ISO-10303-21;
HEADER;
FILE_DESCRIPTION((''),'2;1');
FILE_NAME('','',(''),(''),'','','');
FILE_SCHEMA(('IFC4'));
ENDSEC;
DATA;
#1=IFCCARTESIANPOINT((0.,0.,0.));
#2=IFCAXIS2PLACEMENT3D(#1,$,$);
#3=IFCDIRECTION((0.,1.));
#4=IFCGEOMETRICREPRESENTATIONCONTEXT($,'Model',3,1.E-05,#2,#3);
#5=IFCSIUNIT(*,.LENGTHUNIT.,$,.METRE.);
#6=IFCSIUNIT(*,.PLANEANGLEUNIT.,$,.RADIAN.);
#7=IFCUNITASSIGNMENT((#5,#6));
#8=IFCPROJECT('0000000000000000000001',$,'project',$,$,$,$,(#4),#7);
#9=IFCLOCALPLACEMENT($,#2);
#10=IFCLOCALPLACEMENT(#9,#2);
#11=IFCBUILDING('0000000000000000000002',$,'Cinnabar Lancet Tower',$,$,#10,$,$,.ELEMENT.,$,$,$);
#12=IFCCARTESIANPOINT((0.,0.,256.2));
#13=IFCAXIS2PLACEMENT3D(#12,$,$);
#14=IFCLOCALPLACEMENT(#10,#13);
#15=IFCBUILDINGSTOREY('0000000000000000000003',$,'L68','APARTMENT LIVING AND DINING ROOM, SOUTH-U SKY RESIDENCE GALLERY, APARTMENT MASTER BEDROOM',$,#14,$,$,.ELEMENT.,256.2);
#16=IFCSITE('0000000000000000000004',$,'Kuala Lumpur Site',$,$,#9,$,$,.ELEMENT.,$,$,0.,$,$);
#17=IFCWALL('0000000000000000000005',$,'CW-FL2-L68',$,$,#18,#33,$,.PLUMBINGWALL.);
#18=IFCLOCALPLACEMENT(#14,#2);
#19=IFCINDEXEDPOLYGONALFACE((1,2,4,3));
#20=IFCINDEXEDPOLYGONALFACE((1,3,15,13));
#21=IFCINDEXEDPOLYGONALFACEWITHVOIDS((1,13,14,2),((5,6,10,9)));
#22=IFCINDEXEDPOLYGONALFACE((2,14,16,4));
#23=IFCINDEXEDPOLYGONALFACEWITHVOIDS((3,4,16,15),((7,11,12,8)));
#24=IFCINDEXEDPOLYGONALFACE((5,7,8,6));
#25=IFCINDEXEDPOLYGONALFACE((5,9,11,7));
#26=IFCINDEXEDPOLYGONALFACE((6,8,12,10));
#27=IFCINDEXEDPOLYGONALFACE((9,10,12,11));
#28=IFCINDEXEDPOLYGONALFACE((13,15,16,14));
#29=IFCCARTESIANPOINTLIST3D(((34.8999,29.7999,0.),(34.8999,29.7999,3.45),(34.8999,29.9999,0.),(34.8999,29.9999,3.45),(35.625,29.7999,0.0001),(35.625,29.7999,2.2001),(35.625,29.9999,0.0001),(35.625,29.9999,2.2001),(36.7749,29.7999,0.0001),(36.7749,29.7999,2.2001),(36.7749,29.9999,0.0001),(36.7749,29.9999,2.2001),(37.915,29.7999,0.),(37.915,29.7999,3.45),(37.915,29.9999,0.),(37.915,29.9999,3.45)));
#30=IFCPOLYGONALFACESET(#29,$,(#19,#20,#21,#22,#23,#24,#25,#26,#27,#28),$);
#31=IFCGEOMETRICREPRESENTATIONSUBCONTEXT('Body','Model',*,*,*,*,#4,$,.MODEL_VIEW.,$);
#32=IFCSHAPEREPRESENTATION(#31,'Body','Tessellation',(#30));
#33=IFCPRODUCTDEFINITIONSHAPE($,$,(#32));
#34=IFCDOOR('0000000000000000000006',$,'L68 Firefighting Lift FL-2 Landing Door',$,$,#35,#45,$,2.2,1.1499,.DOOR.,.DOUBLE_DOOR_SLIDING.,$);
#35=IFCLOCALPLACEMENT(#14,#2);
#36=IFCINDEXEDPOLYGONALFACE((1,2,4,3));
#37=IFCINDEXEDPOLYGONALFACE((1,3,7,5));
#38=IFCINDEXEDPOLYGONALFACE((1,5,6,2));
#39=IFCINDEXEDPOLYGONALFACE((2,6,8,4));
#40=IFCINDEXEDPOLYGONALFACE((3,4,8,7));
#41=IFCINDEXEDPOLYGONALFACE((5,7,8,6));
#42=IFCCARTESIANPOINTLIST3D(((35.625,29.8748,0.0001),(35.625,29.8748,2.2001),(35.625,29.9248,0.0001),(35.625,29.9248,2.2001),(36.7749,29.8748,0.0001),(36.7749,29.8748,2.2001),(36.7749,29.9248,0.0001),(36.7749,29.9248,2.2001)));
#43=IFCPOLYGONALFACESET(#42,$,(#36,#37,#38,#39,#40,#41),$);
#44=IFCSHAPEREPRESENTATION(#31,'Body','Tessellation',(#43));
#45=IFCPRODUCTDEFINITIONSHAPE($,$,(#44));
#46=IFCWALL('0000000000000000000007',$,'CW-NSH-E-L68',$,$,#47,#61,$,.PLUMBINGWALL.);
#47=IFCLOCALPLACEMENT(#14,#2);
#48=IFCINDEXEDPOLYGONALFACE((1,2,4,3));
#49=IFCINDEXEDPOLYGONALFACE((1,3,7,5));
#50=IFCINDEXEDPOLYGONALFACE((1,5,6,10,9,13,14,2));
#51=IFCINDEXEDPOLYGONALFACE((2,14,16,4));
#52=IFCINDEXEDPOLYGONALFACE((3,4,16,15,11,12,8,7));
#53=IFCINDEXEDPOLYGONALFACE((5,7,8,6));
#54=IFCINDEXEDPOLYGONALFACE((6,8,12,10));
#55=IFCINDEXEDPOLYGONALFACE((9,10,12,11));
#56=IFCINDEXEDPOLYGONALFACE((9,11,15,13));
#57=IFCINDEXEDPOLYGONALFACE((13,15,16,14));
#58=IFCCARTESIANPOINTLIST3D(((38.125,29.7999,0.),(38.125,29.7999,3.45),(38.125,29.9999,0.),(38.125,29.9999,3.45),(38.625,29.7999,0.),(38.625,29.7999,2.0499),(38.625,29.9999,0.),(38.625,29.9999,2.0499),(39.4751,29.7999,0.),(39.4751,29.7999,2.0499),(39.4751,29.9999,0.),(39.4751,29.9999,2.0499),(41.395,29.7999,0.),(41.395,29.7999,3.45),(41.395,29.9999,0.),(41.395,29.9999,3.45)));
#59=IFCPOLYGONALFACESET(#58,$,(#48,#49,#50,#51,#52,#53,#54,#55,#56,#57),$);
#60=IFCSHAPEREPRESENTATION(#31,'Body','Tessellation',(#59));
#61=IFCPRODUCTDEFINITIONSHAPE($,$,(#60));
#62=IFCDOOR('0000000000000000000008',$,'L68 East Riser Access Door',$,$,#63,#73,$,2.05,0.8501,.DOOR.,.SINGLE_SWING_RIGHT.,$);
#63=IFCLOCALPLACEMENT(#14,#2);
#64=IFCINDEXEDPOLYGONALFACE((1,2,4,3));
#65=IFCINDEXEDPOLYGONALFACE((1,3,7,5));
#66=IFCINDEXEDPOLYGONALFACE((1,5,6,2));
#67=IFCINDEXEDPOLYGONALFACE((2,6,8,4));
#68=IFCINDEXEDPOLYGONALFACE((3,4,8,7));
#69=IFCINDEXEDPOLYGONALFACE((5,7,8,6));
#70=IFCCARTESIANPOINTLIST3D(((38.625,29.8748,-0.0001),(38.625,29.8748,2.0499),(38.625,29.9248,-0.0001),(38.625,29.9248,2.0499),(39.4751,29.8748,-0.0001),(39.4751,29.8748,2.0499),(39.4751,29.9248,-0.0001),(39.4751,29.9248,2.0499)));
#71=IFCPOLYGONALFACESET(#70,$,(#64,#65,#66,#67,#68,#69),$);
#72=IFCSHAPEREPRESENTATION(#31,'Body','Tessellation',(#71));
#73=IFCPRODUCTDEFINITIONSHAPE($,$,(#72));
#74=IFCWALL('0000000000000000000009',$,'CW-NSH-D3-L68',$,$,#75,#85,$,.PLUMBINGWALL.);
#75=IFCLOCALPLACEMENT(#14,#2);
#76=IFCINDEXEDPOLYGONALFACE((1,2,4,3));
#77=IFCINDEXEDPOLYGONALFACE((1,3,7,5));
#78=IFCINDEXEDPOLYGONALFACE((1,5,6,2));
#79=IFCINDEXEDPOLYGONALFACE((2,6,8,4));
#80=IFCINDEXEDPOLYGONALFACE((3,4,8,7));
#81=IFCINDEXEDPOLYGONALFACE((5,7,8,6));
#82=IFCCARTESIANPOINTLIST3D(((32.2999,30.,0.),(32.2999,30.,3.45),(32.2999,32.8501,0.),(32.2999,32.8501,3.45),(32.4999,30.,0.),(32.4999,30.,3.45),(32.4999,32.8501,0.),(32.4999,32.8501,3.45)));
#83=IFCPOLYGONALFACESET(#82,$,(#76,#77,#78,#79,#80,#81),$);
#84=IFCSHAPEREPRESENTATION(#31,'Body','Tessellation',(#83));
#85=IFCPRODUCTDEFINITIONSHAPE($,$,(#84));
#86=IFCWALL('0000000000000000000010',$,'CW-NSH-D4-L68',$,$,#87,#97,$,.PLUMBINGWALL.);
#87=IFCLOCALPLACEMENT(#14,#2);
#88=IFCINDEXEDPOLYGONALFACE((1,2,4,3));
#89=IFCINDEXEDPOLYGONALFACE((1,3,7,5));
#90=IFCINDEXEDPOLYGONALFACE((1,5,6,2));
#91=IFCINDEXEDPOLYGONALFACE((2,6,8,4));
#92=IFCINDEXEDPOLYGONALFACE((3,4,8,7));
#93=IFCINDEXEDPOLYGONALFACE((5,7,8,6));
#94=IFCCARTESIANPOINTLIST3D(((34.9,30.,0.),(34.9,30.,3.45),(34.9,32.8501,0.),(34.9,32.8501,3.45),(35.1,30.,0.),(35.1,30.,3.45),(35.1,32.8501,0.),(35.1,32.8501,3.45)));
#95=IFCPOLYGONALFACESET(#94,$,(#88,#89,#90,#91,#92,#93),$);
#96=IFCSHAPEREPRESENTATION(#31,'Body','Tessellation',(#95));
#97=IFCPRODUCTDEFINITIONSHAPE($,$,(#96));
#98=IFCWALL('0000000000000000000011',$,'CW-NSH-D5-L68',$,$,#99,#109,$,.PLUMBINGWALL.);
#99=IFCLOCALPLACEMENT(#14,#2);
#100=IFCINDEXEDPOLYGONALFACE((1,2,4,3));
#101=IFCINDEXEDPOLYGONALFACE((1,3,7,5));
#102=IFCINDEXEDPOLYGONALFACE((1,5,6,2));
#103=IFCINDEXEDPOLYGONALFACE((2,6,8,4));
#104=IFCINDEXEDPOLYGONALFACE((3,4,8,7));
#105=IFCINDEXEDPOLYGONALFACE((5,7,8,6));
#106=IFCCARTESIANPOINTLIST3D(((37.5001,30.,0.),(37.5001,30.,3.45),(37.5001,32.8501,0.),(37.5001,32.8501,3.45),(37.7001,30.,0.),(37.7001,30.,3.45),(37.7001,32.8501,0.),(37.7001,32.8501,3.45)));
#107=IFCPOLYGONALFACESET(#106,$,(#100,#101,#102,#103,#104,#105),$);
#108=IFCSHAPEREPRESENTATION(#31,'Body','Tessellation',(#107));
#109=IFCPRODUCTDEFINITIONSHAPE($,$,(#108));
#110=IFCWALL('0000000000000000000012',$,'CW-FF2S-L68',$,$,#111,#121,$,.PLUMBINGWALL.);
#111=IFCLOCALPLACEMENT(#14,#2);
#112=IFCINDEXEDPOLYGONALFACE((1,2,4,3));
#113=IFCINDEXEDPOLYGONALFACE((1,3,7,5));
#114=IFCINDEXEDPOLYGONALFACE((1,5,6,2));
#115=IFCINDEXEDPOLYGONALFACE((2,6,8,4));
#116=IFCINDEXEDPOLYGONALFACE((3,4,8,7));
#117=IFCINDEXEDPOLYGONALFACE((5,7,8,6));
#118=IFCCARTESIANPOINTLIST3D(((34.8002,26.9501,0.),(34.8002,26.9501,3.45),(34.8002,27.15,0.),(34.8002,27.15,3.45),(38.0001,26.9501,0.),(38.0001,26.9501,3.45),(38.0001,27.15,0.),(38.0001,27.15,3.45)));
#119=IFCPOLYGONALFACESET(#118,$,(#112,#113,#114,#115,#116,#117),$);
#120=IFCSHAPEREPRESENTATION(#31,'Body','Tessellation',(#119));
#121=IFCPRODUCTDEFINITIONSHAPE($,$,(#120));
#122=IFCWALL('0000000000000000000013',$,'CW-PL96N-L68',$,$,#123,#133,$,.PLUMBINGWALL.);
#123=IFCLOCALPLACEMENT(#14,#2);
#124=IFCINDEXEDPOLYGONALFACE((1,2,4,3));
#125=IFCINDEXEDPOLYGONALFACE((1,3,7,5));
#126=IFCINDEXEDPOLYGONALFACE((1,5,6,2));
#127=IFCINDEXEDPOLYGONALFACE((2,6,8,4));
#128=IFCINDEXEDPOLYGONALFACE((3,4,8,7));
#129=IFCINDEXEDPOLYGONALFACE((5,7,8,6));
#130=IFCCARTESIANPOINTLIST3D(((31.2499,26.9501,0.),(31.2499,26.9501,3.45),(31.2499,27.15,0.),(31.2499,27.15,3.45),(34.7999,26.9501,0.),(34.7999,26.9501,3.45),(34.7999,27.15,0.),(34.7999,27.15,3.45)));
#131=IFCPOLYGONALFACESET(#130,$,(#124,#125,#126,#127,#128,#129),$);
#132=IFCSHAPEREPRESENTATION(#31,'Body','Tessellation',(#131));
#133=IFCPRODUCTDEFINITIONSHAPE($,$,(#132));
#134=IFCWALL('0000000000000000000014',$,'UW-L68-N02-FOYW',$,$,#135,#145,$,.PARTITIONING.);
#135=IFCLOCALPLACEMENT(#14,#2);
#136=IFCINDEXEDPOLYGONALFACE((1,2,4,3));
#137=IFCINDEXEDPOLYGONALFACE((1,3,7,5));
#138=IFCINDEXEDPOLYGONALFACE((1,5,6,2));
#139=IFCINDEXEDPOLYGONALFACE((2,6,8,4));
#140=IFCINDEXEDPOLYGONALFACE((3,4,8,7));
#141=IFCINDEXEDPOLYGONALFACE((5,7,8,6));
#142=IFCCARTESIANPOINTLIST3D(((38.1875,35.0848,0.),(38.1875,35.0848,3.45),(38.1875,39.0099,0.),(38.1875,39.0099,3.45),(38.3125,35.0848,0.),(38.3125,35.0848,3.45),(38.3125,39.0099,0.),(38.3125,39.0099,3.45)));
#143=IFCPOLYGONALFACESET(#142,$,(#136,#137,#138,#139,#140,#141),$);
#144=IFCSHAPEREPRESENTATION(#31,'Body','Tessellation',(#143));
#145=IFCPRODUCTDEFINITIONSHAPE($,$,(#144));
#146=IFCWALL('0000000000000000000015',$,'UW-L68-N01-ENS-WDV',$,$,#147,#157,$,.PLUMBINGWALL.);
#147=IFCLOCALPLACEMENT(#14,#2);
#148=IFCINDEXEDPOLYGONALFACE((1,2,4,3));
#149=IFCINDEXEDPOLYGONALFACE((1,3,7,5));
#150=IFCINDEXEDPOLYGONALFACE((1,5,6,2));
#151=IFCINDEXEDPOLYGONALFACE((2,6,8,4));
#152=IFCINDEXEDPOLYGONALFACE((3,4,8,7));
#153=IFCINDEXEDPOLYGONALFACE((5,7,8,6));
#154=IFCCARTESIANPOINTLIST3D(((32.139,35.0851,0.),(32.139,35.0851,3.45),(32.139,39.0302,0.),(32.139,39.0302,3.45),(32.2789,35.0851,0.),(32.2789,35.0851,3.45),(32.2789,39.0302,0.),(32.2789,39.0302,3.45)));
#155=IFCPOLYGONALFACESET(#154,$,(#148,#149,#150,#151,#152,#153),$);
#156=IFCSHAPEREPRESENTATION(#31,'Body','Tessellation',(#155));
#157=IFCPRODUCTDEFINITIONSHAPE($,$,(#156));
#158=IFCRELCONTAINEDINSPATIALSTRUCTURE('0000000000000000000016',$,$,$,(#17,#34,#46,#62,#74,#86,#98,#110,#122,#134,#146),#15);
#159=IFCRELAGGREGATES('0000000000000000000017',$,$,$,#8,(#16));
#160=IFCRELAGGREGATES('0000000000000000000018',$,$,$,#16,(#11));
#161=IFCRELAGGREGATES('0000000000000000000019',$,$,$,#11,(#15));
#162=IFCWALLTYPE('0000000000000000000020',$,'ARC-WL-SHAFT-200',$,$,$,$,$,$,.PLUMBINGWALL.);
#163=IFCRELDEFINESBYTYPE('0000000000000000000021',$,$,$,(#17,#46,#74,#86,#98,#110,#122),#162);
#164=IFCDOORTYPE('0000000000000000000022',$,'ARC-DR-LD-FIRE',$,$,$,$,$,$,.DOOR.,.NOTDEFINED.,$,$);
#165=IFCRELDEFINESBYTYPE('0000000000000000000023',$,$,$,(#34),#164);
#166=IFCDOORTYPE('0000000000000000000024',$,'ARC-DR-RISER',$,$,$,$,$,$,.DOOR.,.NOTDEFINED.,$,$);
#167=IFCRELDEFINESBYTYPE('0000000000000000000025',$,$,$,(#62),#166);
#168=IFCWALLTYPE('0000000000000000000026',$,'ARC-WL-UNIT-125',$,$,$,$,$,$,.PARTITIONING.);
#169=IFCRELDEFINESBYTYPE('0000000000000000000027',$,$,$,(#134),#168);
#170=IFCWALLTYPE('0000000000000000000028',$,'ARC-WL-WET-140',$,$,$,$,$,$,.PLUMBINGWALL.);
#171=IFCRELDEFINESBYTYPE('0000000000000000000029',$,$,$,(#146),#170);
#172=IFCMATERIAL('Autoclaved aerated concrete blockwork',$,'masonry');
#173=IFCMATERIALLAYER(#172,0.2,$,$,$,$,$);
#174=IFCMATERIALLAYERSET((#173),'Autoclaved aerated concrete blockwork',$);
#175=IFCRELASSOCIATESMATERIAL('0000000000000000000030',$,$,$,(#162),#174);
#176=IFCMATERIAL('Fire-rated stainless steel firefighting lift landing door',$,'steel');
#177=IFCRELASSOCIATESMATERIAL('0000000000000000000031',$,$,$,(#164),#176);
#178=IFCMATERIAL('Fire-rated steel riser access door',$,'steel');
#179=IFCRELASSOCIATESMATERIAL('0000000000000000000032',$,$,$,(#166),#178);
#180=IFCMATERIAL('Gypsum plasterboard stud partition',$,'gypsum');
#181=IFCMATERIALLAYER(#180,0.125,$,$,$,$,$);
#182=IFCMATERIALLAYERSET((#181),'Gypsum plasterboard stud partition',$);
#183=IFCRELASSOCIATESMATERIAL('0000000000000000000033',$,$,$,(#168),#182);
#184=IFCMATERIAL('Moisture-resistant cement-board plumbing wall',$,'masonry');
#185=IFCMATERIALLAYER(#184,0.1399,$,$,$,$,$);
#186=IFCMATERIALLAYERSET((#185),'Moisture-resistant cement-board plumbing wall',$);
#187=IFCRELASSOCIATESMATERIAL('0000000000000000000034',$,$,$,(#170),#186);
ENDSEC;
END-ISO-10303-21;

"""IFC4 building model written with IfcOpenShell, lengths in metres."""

from ifc_helpers import new_model, si_unit, direction, frame, frame_2d, origin, place, context, subcontext, project, spatial, rectangle, extrude, material, layer, layer_set, type_object, element, fill, save


model = new_model("IFC4")

# Units and contexts
model_context = context("Model", 3, precision=1e-05, world=origin(), true_north=direction((0.0, 1.0)))
body_context = subcontext(model_context, "Body", "Model", "MODEL_VIEW")
ifc_project = project(units=[si_unit("LENGTHUNIT", "METRE"), si_unit("PLANEANGLEUNIT", "RADIAN")], contexts=[model_context])

# Site, building, storey
site_placement = place(None, origin())
site = spatial("IfcSite", under=ifc_project, at=site_placement, Name="Kuala Lumpur Site", CompositionType="ELEMENT", RefElevation=0.0)
building_placement = place(site_placement, origin())
building = spatial("IfcBuilding", under=site, at=building_placement, Name="Cinnabar Lancet Tower", CompositionType="ELEMENT")
storey_placement = place(building_placement, frame((0.0, 0.0, 256.2)))
storey = spatial("IfcBuildingStorey", under=building, at=storey_placement, Name="L68", Description="APARTMENT LIVING AND DINING ROOM, SOUTH-U SKY RESIDENCE GALLERY, APARTMENT MASTER BEDROOM", CompositionType="ELEMENT", Elevation=256.2)

# Shared definitions
ifc_material_1 = material(Name="Autoclaved aerated concrete blockwork", Category="masonry")
ifc_layer_1 = layer(ifc_material_1, 0.2)
ifc_layer_set_1 = layer_set([ifc_layer_1], Name="Autoclaved aerated concrete blockwork")
wall_type_1 = type_object("IfcWallType", Name="ARC-WL-SHAFT-200", PredefinedType="PLUMBINGWALL", material=ifc_layer_set_1)

# Walls, openings, doors
wall_1_placement = place(storey_placement, frame((34.8999, 29.8999, 0.0), z_axis=(0.0, 0.0, 1.0), x_axis=(1.0, 0.0, 0.0)))
wall_1 = element("IfcWall", 1, at=wall_1_placement, inside=storey, type_object=wall_type_1, Name="CW-FL2-L68", PredefinedType="PLUMBINGWALL", context=body_context, shape_type="SweptSolid", body=[
    extrude(rectangle(XDim=3.0151, YDim=0.2, at=frame_2d((1.5076, 0.0))), origin(), (0.0, 0.0, 1.0), 3.45),
])
opening_1_placement = place(wall_1_placement, frame((0.7251, 0.0, 0.0)))
opening_1 = element("IfcOpeningElement", 2, at=opening_1_placement, cuts=wall_1, PredefinedType="OPENING", context=body_context, shape_type="SweptSolid", body=[
    extrude(rectangle(XDim=1.1499, YDim=2.2, at=frame_2d((0.575, 1.1001))), frame((0.0, 0.1099, 0.0), z_axis=(0.0, -1.0, 0.0), x_axis=(1.0, 0.0, 0.0)), (0.0, 0.0, 1.0), 0.22),
])
ifc_material_2 = material(Name="Fire-rated stainless steel firefighting lift landing door", Category="steel")
door_type_1 = type_object("IfcDoorType", Name="ARC-DR-LD-FIRE", OperationType="NOTDEFINED", PredefinedType="DOOR", material=ifc_material_2)
door_1_placement = place(opening_1_placement, origin())
door_1 = element("IfcDoor", 3, at=door_1_placement, inside=storey, type_object=door_type_1, Name="L68 Firefighting Lift FL-2 Landing Door", OperationType="DOUBLE_DOOR_SLIDING", OverallHeight=2.2, OverallWidth=1.1499, PredefinedType="DOOR", context=body_context, shape_type="SweptSolid", body=[
    extrude(rectangle(XDim=1.1499, YDim=2.2, at=frame_2d((0.575, 1.1001))), frame((0.0, 0.0249, 0.0), z_axis=(0.0, -1.0, 0.0), x_axis=(1.0, 0.0, 0.0)), (0.0, 0.0, 1.0), 0.05),
])
fill(opening_1, door_1)
wall_2_placement = place(storey_placement, frame((38.125, 29.8999, 0.0), z_axis=(0.0, 0.0, 1.0), x_axis=(1.0, 0.0, 0.0)))
wall_2 = element("IfcWall", 4, at=wall_2_placement, inside=storey, type_object=wall_type_1, Name="CW-NSH-E-L68", PredefinedType="PLUMBINGWALL", context=body_context, shape_type="SweptSolid", body=[
    extrude(rectangle(XDim=3.27, YDim=0.2, at=frame_2d((1.635, 0.0))), origin(), (0.0, 0.0, 1.0), 3.45),
])
opening_2_placement = place(wall_2_placement, frame((0.5, 0.0, 0.0)))
opening_2 = element("IfcOpeningElement", 5, at=opening_2_placement, cuts=wall_2, PredefinedType="OPENING", context=body_context, shape_type="SweptSolid", body=[
    extrude(rectangle(XDim=0.8501, YDim=2.05, at=frame_2d((0.425, 1.0249))), frame((0.0, 0.1099, 0.0), z_axis=(0.0, -1.0, 0.0), x_axis=(1.0, 0.0, 0.0)), (0.0, 0.0, 1.0), 0.22),
])
ifc_material_3 = material(Name="Fire-rated steel riser access door", Category="steel")
door_type_2 = type_object("IfcDoorType", Name="ARC-DR-RISER", OperationType="NOTDEFINED", PredefinedType="DOOR", material=ifc_material_3)
door_2_placement = place(opening_2_placement, origin())
door_2 = element("IfcDoor", 6, at=door_2_placement, inside=storey, type_object=door_type_2, Name="L68 East Riser Access Door", OperationType="SINGLE_SWING_RIGHT", OverallHeight=2.05, OverallWidth=0.8501, PredefinedType="DOOR", context=body_context, shape_type="SweptSolid", body=[
    extrude(rectangle(XDim=0.8501, YDim=2.05, at=frame_2d((0.425, 1.0249))), frame((0.0, 0.0249, 0.0), z_axis=(0.0, -1.0, 0.0), x_axis=(1.0, 0.0, 0.0)), (0.0, 0.0, 1.0), 0.05),
])
fill(opening_2, door_2)

# Walls
for number, where, z_axis, x_axis, name in (
    (7, (32.3999, 30.0, 0.0), (0.0, 0.0, 1.0), (0.0, 1.0, 0.0), "CW-NSH-D3-L68"),
    (8, (35.0, 30.0, 0.0), (0.0, 0.0, 1.0), (0.0, 1.0, 0.0), "CW-NSH-D4-L68"),
    (9, (37.6001, 30.0, 0.0), (0.0, 0.0, 1.0), (0.0, 1.0, 0.0), "CW-NSH-D5-L68"),
):
    element("IfcWall", number, at=place(storey_placement, frame(where, z_axis=z_axis, x_axis=x_axis)), inside=storey, type_object=wall_type_1, Name=name, PredefinedType="PLUMBINGWALL", context=body_context, shape_type="SweptSolid", body=[
        extrude(rectangle(XDim=2.8501, YDim=0.2, at=frame_2d((1.425, 0.0))), origin(), (0.0, 0.0, 1.0), 3.45),
    ])

# Walls
wall_3_placement = place(storey_placement, frame((34.8, 27.05, 0.0), z_axis=(0.0, 0.0, 1.0), x_axis=(1.0, 0.0, 0.0)))
element("IfcWall", 10, at=wall_3_placement, inside=storey, type_object=wall_type_1, Name="CW-FF2S-L68", PredefinedType="PLUMBINGWALL", context=body_context, shape_type="SweptSolid", body=[
    extrude(rectangle(XDim=3.2, YDim=0.2, at=frame_2d((1.6001, 0.0))), origin(), (0.0, 0.0, 1.0), 3.45),
])
wall_4_placement = place(storey_placement, frame((31.25, 27.05, 0.0), z_axis=(0.0, 0.0, 1.0), x_axis=(1.0, 0.0, 0.0)))
element("IfcWall", 11, at=wall_4_placement, inside=storey, type_object=wall_type_1, Name="CW-PL96N-L68", PredefinedType="PLUMBINGWALL", context=body_context, shape_type="SweptSolid", body=[
    extrude(rectangle(XDim=3.55, YDim=0.2, at=frame_2d((1.7749, 0.0))), origin(), (0.0, 0.0, 1.0), 3.45),
])
ifc_material_4 = material(Name="Gypsum plasterboard stud partition", Category="gypsum")
ifc_layer_2 = layer(ifc_material_4, 0.125)
ifc_layer_set_2 = layer_set([ifc_layer_2], Name="Gypsum plasterboard stud partition")
wall_type_2 = type_object("IfcWallType", Name="ARC-WL-UNIT-125", PredefinedType="PARTITIONING", material=ifc_layer_set_2)
wall_5_placement = place(storey_placement, frame((38.25, 35.085, 0.0), z_axis=(0.0, 0.0, 1.0), x_axis=(0.0, 1.0, 0.0)))
element("IfcWall", 12, at=wall_5_placement, inside=storey, type_object=wall_type_2, Name="UW-L68-N02-FOYW", PredefinedType="PARTITIONING", context=body_context, shape_type="SweptSolid", body=[
    extrude(rectangle(XDim=3.925, YDim=0.125, at=frame_2d((1.9624, 0.0))), origin(), (0.0, 0.0, 1.0), 3.45),
])
ifc_material_5 = material(Name="Moisture-resistant cement-board plumbing wall", Category="masonry")
ifc_layer_3 = layer(ifc_material_5, 0.1399)
ifc_layer_set_3 = layer_set([ifc_layer_3], Name="Moisture-resistant cement-board plumbing wall")
wall_type_3 = type_object("IfcWallType", Name="ARC-WL-WET-140", PredefinedType="PLUMBINGWALL", material=ifc_layer_set_3)
wall_6_placement = place(storey_placement, frame((32.209, 35.085, 0.0), z_axis=(0.0, 0.0, 1.0), x_axis=(0.0, 1.0, 0.0)))
element("IfcWall", 13, at=wall_6_placement, inside=storey, type_object=wall_type_3, Name="UW-L68-N01-ENS-WDV", PredefinedType="PLUMBINGWALL", context=body_context, shape_type="SweptSolid", body=[
    extrude(rectangle(XDim=3.9451, YDim=0.1399, at=frame_2d((1.9727, 0.0))), origin(), (0.0, 0.0, 1.0), 3.45),
])

save(model, "model.ifc")
